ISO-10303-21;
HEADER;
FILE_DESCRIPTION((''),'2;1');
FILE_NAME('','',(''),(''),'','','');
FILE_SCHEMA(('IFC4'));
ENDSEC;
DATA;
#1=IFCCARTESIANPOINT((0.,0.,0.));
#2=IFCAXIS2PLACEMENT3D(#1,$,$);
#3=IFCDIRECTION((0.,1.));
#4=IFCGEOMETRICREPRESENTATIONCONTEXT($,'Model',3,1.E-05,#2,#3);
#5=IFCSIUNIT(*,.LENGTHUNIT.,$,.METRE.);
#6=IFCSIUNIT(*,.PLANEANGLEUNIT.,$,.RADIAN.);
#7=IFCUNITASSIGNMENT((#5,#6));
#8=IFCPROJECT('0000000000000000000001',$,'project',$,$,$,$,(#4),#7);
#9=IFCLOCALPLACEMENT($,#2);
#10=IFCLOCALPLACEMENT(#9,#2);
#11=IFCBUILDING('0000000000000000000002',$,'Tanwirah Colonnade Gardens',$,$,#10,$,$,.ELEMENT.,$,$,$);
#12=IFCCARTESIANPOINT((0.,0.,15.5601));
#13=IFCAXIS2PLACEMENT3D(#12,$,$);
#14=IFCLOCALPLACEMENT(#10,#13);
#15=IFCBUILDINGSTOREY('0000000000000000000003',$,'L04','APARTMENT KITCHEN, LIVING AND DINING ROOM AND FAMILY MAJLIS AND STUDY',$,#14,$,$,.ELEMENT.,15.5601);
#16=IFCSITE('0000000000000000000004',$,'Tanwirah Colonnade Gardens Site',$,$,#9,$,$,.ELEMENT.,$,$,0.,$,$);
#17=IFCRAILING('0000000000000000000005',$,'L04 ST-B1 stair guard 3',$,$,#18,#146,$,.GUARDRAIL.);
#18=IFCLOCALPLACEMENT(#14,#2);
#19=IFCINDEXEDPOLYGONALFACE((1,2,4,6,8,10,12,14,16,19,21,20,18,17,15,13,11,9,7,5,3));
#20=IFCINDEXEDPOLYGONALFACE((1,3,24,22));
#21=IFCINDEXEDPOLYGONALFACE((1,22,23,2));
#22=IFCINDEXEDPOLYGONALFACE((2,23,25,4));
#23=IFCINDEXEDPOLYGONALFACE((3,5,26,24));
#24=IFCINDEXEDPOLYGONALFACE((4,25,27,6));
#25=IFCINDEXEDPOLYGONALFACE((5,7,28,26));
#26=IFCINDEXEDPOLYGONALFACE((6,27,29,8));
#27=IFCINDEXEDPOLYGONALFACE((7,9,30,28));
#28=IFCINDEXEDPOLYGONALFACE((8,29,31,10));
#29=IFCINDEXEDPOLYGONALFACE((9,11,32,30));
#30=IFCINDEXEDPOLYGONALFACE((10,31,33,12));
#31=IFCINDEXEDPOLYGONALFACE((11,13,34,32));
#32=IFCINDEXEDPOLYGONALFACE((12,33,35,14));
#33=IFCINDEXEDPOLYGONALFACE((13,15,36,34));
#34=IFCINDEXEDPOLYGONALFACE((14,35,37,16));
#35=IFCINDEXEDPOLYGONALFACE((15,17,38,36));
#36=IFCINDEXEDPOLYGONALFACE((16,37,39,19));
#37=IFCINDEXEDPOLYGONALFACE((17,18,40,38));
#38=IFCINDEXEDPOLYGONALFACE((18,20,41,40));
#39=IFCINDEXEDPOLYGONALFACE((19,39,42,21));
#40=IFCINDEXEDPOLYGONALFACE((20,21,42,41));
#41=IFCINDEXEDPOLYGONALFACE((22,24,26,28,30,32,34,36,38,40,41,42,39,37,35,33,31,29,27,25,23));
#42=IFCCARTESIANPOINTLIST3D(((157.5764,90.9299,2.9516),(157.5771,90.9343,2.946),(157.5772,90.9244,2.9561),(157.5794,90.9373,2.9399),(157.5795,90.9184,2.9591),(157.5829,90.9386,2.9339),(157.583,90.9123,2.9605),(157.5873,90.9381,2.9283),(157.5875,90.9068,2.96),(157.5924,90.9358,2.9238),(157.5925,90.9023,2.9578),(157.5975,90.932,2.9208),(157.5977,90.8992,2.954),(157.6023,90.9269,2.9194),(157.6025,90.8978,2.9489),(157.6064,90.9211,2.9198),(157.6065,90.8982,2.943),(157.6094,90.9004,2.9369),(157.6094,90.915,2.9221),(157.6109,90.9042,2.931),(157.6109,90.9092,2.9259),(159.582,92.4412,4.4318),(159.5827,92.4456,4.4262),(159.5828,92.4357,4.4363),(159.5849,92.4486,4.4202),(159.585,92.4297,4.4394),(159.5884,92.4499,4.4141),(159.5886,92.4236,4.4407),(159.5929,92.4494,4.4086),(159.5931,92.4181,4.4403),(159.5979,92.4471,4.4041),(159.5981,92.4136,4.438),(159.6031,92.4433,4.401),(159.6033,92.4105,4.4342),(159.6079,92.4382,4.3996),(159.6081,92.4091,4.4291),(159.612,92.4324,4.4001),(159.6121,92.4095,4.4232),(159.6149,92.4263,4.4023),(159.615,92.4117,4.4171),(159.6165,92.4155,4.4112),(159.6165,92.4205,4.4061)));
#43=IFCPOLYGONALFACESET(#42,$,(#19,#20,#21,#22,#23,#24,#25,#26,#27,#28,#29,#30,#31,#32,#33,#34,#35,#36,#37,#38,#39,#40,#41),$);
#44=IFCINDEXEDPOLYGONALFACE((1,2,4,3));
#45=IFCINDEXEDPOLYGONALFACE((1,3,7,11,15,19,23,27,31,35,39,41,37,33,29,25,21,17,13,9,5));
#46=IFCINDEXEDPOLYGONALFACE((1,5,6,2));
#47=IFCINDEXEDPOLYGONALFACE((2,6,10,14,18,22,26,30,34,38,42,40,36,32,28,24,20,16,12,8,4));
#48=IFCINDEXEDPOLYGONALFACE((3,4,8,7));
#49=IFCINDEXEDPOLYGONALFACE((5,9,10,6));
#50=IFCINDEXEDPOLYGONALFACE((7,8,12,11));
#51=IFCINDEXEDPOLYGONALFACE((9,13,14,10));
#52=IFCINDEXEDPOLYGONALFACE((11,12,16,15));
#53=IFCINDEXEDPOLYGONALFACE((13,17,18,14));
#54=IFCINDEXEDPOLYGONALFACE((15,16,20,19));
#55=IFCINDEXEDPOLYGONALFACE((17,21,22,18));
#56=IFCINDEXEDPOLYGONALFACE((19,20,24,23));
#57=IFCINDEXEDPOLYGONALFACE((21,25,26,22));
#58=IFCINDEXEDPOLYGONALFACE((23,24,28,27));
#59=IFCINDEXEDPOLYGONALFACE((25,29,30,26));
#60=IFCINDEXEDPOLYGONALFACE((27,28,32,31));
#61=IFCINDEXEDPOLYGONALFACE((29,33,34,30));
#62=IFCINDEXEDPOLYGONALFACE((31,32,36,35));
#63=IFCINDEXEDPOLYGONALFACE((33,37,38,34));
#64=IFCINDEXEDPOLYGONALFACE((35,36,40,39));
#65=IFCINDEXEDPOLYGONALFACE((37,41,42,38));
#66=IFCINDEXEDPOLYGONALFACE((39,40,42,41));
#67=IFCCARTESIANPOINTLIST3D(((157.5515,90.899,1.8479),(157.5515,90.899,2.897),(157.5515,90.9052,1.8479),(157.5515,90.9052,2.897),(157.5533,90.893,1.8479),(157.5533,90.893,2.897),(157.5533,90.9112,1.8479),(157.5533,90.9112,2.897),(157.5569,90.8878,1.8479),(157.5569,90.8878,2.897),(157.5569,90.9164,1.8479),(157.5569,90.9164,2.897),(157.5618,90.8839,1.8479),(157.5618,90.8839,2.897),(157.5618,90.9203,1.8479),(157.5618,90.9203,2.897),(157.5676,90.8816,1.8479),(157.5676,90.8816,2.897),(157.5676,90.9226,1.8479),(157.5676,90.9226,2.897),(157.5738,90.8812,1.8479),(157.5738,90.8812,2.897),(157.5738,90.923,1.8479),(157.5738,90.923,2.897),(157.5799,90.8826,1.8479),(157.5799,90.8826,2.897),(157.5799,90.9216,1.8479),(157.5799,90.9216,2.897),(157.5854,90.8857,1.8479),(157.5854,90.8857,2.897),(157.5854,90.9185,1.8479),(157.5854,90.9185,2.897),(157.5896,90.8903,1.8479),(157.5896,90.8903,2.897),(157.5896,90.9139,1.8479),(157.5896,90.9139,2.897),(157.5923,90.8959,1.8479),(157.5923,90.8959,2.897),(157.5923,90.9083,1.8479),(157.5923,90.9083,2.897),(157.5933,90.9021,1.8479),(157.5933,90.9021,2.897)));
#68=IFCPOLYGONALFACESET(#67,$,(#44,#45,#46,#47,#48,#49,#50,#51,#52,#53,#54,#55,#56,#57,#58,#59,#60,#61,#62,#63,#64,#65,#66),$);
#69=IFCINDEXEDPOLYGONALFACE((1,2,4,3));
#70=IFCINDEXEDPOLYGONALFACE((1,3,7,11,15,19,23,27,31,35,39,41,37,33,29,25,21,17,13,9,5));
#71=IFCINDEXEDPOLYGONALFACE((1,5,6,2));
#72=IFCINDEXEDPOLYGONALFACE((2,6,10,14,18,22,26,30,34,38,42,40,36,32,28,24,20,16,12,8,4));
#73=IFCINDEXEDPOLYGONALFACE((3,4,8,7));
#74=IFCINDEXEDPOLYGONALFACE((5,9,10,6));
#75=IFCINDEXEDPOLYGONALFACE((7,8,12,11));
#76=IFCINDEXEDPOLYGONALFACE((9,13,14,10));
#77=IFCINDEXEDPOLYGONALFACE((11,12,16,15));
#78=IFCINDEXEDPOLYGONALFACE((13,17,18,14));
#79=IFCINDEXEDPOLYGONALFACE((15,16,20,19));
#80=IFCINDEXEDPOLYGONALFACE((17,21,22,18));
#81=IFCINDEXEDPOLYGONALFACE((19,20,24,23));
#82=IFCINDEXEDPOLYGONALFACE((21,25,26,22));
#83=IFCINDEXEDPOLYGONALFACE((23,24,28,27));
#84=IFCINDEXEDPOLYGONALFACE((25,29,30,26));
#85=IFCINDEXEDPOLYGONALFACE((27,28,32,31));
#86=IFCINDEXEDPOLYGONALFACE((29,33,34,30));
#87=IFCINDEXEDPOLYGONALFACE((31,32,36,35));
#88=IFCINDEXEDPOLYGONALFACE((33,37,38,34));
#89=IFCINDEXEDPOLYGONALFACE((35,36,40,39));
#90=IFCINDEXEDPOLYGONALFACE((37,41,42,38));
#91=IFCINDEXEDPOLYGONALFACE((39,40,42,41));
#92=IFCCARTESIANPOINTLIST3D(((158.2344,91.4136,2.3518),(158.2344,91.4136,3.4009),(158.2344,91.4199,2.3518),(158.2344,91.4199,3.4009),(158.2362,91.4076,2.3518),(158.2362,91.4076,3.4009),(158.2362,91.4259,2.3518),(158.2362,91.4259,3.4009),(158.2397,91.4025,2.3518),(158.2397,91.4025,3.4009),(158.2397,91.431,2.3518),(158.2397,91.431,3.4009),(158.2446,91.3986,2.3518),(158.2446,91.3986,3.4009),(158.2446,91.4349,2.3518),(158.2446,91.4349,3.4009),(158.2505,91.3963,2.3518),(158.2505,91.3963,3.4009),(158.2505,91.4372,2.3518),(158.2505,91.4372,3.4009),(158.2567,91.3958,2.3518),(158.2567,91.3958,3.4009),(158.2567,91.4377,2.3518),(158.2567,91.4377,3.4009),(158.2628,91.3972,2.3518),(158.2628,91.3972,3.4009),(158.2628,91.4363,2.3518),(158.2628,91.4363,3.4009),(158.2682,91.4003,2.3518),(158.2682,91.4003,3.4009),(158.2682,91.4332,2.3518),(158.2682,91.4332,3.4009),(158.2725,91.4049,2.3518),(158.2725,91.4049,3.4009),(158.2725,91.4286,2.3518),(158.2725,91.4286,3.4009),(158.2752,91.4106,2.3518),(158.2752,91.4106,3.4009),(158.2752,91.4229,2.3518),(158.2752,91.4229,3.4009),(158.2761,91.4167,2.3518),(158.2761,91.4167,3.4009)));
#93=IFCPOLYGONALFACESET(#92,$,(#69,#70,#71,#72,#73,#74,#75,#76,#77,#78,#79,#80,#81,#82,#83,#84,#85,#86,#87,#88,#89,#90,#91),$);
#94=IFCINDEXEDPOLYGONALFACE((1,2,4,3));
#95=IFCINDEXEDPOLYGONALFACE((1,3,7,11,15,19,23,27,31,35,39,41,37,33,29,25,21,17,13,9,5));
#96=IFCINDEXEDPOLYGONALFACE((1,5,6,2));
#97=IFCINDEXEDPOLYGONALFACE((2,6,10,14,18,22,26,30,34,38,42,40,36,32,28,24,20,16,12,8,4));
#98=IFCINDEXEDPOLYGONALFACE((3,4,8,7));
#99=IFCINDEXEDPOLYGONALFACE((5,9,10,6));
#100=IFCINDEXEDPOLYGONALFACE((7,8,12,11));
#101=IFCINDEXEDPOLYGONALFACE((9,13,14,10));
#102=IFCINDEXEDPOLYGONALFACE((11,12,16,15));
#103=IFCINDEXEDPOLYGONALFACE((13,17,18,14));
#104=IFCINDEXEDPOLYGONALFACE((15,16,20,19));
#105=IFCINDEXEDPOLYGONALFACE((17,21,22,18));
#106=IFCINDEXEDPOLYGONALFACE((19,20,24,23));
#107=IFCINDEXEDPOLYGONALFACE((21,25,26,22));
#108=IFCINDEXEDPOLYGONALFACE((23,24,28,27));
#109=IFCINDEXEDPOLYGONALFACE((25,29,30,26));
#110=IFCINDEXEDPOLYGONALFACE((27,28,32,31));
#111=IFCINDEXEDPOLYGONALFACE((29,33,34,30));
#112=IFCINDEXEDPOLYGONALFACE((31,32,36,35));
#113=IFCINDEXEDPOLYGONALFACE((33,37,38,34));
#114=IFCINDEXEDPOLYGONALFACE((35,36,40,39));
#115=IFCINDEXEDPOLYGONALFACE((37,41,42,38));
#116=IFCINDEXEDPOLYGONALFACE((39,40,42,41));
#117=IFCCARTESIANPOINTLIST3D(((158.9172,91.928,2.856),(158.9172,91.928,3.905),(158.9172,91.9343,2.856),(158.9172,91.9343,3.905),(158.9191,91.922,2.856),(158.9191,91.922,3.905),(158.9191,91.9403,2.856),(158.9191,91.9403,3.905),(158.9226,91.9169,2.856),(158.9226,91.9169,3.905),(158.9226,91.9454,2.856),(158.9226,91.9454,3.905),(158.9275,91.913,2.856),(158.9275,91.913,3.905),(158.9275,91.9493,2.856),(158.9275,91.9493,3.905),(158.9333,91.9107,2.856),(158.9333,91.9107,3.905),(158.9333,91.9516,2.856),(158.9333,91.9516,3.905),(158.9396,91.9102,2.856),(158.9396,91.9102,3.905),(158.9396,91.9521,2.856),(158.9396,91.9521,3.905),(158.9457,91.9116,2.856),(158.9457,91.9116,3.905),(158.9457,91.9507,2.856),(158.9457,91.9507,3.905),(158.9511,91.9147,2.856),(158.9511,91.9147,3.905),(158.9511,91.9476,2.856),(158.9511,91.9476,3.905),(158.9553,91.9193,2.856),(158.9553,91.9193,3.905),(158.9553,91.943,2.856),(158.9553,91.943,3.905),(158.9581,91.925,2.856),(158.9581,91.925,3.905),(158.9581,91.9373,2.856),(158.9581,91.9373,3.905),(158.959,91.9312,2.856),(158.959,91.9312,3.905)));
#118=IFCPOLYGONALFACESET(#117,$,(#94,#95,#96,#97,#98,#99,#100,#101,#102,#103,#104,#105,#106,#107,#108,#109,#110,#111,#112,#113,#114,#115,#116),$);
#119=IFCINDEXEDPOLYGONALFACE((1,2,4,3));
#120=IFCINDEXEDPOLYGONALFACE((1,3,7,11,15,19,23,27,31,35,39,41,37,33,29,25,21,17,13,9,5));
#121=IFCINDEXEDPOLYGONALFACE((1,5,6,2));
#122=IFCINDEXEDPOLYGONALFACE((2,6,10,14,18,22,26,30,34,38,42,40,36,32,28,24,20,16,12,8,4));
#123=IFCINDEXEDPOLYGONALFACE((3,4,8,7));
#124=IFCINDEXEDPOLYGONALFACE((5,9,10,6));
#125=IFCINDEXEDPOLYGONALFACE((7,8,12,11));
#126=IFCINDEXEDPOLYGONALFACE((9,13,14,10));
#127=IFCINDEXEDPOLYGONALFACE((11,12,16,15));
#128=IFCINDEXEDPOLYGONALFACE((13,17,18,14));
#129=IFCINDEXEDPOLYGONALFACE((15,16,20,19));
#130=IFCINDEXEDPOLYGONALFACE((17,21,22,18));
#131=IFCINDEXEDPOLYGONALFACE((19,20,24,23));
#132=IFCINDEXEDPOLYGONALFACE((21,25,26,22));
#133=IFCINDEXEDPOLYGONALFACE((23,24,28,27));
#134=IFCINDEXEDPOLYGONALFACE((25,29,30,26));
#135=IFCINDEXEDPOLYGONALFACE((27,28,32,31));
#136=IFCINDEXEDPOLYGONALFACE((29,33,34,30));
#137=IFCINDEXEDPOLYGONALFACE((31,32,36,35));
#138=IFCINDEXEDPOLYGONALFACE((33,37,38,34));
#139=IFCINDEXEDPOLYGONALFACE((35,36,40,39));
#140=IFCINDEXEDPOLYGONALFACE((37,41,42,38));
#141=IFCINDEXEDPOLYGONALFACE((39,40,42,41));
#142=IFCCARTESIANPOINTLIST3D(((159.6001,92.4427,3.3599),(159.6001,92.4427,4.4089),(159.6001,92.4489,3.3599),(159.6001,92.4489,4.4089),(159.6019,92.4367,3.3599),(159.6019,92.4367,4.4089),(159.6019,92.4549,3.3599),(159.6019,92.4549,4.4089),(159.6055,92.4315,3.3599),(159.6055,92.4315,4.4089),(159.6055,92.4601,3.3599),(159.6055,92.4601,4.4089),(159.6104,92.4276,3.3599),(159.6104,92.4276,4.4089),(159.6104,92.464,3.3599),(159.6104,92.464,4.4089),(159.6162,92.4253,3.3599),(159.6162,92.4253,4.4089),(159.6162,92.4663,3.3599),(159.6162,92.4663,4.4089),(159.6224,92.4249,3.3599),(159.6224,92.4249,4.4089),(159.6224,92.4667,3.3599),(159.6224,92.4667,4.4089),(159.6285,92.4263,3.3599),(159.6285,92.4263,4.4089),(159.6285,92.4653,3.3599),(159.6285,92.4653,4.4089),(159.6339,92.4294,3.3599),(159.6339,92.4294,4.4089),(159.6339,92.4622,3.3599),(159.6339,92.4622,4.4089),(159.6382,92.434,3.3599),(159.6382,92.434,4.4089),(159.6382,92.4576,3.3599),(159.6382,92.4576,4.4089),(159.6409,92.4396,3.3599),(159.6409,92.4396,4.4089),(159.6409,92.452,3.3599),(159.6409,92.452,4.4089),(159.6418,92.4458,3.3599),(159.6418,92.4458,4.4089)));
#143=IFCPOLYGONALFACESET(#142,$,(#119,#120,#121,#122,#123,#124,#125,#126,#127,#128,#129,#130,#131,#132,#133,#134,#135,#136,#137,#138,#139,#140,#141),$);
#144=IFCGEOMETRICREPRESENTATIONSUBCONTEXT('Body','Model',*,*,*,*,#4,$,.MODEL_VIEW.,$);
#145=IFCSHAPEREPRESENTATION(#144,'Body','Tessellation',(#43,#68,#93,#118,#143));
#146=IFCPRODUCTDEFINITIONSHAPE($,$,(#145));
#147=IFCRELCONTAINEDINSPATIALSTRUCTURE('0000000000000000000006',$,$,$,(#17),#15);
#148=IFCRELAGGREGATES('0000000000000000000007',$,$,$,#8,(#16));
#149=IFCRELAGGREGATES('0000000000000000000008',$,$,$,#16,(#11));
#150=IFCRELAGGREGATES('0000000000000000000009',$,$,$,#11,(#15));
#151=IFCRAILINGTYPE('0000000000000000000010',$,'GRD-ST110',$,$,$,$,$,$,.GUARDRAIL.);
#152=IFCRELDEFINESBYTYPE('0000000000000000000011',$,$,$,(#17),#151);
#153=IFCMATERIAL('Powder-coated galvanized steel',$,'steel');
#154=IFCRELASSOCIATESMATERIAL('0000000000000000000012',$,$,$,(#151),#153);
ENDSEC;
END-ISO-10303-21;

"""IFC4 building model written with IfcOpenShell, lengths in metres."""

from ifc_helpers import new_model, si_unit, direction, frame, origin, origin_2d, place, context, subcontext, project, spatial, circle, extrude, material, type_object, element, save


model = new_model("IFC4")

# Units and contexts
model_context = context("Model", 3, precision=1e-05, world=origin(), true_north=direction((0.0, 1.0)))
body_context = subcontext(model_context, "Body", "Model", "MODEL_VIEW")
ifc_project = project(units=[si_unit("LENGTHUNIT", "METRE"), si_unit("PLANEANGLEUNIT", "RADIAN")], contexts=[model_context])

# Site, building, storey
site_placement = place(None, origin())
site = spatial("IfcSite", under=ifc_project, at=site_placement, Name="Tanwirah Colonnade Gardens Site", CompositionType="ELEMENT", RefElevation=0.0)
building_placement = place(site_placement, origin())
building = spatial("IfcBuilding", under=site, at=building_placement, Name="Tanwirah Colonnade Gardens", CompositionType="ELEMENT")
storey_placement = place(building_placement, frame((0.0, 0.0, 15.5601)))
storey = spatial("IfcBuildingStorey", under=building, at=storey_placement, Name="L04", Description="APARTMENT KITCHEN, LIVING AND DINING ROOM AND FAMILY MAJLIS AND STUDY", CompositionType="ELEMENT", Elevation=15.5601)

# Railing
ifc_material_1 = material(Name="Powder-coated galvanized steel", Category="steel")
railing_type_1 = type_object("IfcRailingType", Name="GRD-ST110", PredefinedType="GUARDRAIL", material=ifc_material_1)
railing_1_placement = place(storey_placement, frame((157.5723, 90.9021, 1.8479)))
element("IfcRailing", 1, at=railing_1_placement, inside=storey, type_object=railing_type_1, Name="L04 ST-B1 stair guard 3", PredefinedType="GUARDRAIL", context=body_context, shape_type="SweptSolid", body=[
    extrude(circle(Radius=0.0239, at=origin_2d()), frame((0.0215, 0.0161, 1.092), z_axis=(0.688012, 0.518449, 0.507789), x_axis=(-0.601811, 0.798639, 0.0)), (0.0, 0.0, 1.0), 2.915),
    extrude(circle(Radius=0.021, at=origin_2d()), origin(), (0.0, 0.0, 1.0), 1.0491),
    extrude(circle(Radius=0.021, at=origin_2d()), frame((0.6829, 0.5146, 0.5039)), (0.0, 0.0, 1.0), 1.0491),
    extrude(circle(Radius=0.021, at=origin_2d()), frame((1.3657, 1.0291, 1.0081)), (0.0, 0.0, 1.0), 1.0491),
    extrude(circle(Radius=0.021, at=origin_2d()), frame((2.0486, 1.5437, 1.512)), (0.0, 0.0, 1.0), 1.0491),
])

save(model, "model.ifc")
